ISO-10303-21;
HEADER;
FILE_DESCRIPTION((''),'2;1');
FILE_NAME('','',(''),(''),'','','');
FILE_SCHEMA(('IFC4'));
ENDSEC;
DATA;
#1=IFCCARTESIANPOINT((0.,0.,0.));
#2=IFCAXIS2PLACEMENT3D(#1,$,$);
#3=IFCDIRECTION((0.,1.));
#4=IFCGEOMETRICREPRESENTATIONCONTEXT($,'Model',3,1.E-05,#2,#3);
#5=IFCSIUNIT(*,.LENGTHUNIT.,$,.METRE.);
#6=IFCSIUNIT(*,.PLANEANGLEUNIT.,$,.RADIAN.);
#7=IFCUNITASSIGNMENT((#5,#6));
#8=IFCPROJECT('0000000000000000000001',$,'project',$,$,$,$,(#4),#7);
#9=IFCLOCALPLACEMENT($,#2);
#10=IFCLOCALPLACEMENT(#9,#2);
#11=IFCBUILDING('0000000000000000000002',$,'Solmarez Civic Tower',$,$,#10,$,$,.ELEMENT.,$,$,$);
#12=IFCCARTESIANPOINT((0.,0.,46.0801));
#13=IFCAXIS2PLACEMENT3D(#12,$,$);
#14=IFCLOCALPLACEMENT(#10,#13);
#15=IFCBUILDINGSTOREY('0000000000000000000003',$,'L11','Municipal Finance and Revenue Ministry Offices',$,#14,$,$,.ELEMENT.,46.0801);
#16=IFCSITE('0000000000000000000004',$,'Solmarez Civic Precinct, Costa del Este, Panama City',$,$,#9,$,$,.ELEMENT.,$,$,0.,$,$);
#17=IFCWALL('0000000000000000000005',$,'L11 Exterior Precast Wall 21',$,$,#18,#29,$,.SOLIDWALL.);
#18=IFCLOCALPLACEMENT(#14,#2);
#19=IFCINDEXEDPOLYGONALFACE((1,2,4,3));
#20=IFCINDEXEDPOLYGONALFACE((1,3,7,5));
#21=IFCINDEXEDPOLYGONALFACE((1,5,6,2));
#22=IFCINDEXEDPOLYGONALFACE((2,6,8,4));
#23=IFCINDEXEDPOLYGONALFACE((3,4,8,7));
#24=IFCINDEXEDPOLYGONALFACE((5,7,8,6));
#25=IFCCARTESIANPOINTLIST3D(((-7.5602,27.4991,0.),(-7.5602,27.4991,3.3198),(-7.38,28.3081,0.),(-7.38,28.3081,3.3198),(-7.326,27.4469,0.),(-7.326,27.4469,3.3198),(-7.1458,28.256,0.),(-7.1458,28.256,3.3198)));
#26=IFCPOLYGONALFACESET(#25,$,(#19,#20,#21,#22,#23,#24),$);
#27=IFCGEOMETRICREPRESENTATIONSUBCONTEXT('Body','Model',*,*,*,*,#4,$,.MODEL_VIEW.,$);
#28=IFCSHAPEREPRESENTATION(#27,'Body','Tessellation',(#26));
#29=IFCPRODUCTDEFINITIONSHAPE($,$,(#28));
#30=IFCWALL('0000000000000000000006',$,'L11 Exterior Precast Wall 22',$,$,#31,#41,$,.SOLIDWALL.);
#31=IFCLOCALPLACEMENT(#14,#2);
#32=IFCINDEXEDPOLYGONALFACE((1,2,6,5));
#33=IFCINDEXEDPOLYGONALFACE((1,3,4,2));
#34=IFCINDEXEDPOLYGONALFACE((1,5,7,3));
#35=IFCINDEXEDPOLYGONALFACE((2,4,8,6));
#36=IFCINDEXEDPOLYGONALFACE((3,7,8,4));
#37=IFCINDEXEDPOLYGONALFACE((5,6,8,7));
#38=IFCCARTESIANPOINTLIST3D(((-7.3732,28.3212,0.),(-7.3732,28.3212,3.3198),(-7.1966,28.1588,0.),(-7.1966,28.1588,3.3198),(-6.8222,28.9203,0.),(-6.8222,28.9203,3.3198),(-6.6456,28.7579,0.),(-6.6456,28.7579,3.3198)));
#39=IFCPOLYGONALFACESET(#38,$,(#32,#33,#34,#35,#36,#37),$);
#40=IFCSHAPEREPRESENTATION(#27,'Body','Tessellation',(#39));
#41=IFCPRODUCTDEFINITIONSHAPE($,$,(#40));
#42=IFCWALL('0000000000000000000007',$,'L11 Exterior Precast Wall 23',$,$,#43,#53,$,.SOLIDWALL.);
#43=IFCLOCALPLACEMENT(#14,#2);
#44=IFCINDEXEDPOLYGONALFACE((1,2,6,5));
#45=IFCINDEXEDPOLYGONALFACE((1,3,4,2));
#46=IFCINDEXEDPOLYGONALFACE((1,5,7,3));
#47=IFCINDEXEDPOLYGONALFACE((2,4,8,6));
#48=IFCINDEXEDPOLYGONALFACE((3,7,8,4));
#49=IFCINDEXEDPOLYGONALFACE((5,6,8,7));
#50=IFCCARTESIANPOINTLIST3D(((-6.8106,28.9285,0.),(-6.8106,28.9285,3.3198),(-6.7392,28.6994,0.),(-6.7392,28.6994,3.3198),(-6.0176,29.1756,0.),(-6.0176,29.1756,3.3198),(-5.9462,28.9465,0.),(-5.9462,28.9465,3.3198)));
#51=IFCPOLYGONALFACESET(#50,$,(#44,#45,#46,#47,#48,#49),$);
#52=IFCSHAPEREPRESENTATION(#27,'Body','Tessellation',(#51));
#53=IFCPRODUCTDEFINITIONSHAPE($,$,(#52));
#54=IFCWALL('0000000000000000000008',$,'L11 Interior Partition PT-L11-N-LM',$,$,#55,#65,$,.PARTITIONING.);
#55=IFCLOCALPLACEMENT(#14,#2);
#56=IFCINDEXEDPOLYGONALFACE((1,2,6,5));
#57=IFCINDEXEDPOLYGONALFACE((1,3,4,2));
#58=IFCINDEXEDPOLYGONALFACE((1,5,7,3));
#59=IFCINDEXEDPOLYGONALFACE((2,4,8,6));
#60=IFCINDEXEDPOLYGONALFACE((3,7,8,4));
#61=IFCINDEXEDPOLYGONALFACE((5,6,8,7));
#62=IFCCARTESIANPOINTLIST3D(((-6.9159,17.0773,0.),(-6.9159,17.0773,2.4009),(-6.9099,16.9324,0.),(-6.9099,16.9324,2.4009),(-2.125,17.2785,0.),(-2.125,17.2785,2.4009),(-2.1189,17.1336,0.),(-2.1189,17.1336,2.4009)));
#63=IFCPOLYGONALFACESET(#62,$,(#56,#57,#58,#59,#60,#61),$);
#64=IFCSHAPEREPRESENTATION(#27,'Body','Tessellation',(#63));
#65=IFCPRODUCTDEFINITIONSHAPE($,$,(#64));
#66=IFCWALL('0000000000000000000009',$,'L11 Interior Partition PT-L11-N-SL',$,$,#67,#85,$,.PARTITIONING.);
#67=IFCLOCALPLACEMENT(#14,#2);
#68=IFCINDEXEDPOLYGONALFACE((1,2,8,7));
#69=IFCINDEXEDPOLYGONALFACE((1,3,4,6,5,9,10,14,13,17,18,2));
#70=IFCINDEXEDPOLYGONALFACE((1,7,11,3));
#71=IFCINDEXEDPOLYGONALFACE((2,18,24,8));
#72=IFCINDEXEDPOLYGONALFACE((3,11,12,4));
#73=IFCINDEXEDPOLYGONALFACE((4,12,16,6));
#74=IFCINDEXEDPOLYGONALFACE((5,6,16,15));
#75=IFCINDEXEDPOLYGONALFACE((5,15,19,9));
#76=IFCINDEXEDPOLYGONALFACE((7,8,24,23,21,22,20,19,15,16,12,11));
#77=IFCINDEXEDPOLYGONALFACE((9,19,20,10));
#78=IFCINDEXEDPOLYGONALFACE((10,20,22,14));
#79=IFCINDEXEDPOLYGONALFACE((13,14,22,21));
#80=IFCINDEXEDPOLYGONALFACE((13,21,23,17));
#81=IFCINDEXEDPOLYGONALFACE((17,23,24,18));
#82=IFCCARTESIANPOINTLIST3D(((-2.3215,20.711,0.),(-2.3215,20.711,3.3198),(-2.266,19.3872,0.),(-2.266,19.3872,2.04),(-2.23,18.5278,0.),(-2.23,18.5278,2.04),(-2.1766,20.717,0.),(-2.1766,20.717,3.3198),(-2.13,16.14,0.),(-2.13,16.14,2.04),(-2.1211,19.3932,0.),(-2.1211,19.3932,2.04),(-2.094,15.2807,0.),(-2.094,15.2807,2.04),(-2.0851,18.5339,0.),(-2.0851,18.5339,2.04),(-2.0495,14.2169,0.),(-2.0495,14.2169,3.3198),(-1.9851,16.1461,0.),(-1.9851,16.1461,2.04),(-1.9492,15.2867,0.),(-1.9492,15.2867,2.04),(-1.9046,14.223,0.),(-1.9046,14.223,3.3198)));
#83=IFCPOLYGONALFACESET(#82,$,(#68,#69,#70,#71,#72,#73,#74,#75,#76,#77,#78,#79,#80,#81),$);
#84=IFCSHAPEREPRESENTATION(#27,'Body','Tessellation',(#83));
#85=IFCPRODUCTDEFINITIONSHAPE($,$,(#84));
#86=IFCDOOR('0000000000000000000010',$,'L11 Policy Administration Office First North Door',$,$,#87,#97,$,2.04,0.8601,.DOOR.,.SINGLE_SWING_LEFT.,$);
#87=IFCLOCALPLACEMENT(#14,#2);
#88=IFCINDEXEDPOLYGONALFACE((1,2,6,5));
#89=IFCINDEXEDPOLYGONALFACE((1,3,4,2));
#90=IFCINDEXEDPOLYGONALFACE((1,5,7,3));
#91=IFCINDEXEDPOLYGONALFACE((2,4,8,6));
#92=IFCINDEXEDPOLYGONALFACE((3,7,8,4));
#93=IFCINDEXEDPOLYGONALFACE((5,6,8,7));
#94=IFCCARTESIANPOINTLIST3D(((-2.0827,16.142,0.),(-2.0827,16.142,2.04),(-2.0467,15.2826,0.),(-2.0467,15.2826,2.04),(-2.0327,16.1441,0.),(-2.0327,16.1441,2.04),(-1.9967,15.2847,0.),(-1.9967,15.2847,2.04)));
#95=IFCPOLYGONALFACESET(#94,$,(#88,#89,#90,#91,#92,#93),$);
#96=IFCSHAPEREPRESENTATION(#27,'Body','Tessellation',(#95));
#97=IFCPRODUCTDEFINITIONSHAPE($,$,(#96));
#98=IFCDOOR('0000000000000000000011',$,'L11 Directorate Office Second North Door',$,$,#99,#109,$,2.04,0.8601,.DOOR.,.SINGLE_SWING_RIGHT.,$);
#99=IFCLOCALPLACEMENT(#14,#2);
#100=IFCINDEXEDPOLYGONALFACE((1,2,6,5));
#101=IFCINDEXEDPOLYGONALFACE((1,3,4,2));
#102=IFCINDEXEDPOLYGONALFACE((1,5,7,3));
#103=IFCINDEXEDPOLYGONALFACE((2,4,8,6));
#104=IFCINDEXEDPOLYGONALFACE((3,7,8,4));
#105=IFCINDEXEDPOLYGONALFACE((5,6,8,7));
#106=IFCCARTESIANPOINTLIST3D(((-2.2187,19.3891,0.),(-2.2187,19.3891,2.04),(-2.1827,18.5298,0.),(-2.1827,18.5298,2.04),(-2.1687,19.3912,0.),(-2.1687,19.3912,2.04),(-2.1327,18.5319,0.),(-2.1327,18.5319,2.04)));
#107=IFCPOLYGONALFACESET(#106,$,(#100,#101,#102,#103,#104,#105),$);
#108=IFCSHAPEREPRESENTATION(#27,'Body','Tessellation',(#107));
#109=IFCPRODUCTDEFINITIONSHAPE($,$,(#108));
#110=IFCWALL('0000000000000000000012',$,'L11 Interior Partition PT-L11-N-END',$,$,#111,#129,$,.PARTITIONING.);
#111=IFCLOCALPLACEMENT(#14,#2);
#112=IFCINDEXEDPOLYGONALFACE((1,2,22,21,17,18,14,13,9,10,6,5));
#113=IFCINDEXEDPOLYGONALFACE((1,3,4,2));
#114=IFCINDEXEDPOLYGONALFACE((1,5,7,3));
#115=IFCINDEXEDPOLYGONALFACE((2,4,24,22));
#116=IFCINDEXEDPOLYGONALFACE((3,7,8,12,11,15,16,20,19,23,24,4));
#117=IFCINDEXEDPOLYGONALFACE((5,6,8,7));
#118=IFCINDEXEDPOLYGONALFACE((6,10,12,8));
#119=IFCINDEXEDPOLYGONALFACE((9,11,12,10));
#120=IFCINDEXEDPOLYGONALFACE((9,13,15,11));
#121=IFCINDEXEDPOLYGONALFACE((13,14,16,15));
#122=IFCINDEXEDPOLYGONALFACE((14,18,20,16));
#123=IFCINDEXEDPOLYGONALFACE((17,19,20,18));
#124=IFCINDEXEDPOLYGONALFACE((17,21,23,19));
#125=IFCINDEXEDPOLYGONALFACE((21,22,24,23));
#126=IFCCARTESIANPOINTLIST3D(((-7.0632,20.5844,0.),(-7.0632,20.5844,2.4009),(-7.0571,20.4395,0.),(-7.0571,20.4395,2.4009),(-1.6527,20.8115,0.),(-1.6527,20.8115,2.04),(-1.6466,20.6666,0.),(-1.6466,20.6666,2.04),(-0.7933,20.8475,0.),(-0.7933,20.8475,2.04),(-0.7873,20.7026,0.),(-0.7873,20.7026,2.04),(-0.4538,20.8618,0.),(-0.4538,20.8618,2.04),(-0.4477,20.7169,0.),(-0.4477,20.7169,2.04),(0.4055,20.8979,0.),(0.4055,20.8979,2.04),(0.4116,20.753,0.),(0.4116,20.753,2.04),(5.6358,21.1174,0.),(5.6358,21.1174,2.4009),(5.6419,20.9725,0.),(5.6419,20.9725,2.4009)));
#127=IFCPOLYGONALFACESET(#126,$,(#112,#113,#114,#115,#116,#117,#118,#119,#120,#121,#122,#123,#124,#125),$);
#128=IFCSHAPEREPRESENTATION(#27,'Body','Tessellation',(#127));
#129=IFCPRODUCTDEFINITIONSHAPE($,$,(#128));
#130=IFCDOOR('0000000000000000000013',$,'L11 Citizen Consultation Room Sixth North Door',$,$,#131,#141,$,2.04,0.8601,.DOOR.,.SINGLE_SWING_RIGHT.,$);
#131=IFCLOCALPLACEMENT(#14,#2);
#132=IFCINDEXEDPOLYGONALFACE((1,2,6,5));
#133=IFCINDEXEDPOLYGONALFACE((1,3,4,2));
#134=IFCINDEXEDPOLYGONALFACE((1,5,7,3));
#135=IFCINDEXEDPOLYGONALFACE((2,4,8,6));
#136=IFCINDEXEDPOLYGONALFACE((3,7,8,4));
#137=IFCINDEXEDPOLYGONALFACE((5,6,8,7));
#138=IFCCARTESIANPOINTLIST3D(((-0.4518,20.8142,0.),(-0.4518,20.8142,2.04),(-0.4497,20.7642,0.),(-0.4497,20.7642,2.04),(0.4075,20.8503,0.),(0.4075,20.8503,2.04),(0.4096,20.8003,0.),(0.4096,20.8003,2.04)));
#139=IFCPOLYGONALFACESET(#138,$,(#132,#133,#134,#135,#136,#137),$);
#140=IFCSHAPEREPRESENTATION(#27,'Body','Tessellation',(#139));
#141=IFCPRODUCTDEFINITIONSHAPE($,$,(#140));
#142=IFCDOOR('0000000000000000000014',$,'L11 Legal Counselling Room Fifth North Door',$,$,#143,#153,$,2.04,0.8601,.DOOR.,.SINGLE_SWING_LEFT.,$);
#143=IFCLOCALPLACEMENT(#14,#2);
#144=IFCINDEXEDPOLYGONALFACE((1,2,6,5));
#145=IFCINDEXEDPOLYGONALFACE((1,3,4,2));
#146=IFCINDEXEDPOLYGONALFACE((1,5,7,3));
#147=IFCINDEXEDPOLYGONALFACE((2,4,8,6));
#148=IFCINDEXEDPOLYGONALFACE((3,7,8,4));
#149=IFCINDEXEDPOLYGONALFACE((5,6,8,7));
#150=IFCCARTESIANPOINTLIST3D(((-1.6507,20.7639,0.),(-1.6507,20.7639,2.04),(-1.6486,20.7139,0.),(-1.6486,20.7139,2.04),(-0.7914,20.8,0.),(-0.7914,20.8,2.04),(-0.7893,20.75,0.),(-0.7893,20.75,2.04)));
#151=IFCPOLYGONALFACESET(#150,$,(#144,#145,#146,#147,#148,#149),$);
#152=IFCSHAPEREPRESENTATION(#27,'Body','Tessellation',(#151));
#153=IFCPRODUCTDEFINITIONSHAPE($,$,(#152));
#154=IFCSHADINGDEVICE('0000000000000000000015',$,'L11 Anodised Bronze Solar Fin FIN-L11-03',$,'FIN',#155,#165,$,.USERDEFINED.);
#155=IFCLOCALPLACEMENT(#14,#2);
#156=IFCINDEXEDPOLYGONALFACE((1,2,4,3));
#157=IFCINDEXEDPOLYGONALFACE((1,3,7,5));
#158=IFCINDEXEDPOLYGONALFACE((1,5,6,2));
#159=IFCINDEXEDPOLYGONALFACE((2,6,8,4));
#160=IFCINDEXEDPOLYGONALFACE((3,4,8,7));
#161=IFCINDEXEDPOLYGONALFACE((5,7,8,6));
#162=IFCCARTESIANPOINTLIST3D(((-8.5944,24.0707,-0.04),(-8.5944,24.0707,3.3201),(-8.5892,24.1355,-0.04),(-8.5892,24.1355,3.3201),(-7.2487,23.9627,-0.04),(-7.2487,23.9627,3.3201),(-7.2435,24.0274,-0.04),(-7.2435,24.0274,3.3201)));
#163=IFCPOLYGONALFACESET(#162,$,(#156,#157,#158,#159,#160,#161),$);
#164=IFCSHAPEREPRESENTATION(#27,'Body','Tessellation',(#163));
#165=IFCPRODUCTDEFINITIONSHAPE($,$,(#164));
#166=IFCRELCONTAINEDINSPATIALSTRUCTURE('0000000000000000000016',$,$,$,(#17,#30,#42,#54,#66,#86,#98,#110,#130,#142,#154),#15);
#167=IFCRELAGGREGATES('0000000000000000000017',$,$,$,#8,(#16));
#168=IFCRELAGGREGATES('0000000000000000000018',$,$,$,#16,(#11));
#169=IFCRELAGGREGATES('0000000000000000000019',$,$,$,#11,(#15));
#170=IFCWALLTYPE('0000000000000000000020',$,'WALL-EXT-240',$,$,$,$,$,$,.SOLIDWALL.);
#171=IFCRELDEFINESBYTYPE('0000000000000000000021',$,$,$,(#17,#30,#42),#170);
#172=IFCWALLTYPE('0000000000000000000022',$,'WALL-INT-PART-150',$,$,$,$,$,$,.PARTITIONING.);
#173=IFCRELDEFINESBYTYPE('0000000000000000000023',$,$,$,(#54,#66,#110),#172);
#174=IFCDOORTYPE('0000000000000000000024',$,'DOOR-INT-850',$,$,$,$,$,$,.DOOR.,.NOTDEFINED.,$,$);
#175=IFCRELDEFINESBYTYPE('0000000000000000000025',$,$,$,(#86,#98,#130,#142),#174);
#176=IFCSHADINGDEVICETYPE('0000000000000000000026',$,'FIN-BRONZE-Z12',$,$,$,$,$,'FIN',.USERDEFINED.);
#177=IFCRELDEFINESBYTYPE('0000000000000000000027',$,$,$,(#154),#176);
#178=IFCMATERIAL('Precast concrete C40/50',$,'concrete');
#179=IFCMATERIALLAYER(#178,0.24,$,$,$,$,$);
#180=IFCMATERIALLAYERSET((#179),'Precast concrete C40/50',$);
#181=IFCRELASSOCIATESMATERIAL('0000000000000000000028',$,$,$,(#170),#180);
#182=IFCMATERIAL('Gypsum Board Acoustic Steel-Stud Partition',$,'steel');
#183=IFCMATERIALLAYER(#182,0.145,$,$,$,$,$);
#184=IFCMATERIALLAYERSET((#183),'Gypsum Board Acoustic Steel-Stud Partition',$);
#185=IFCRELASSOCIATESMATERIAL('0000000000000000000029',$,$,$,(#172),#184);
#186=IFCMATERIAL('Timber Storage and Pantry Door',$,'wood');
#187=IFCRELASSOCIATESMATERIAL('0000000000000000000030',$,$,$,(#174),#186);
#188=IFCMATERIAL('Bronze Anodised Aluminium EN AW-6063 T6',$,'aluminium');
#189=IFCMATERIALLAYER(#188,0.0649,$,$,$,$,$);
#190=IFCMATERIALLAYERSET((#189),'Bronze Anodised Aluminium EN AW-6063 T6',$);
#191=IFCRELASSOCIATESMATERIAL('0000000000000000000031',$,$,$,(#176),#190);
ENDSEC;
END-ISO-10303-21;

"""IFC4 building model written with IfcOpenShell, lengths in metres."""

from ifc_helpers import new_model, si_unit, direction, frame, frame_2d, origin, origin_2d, place, context, subcontext, project, spatial, rectangle, extrude, material, layer, layer_set, type_object, element, fill, save


model = new_model("IFC4")

# Units and contexts
model_context = context("Model", 3, precision=1e-05, world=origin(), true_north=direction((0.0, 1.0)))
body_context = subcontext(model_context, "Body", "Model", "MODEL_VIEW")
ifc_project = project(units=[si_unit("LENGTHUNIT", "METRE"), si_unit("PLANEANGLEUNIT", "RADIAN")], contexts=[model_context])

# Site, building, storey
site_placement = place(None, origin())
site = spatial("IfcSite", under=ifc_project, at=site_placement, Name="Solmarez Civic Precinct, Costa del Este, Panama City", CompositionType="ELEMENT", RefElevation=0.0)
building_placement = place(site_placement, origin())
building = spatial("IfcBuilding", under=site, at=building_placement, Name="Solmarez Civic Tower", CompositionType="ELEMENT")
storey_placement = place(building_placement, frame((0.0, 0.0, 46.0801)))
storey = spatial("IfcBuildingStorey", under=building, at=storey_placement, Name="L11", Description="Municipal Finance and Revenue Ministry Offices", CompositionType="ELEMENT", Elevation=46.0801)

# Shared definitions
ifc_material_1 = material(Name="Bronze Anodised Aluminium EN AW-6063 T6", Category="aluminium")

# Walls
ifc_material_2 = material(Name="Precast concrete C40/50", Category="concrete")
ifc_layer_1 = layer(ifc_material_2, 0.24)
ifc_layer_set_1 = layer_set([ifc_layer_1], Name="Precast concrete C40/50")
wall_type_1 = type_object("IfcWallType", Name="WALL-EXT-240", PredefinedType="SOLIDWALL", material=ifc_layer_set_1)
wall_1_placement = place(storey_placement, frame((-7.4431, 27.4729, 0.0), z_axis=(0.0, 0.0, 1.0), x_axis=(0.217367, 0.97609, 0.0)))
element("IfcWall", 1, at=wall_1_placement, inside=storey, type_object=wall_type_1, Name="L11 Exterior Precast Wall 21", PredefinedType="SOLIDWALL", context=body_context, shape_type="SweptSolid", body=[
    extrude(rectangle(XDim=0.8289, YDim=0.24, at=frame_2d((0.4146, 0.0))), origin(), (0.0, 0.0, 1.0), 3.3198),
])
wall_2_placement = place(storey_placement, frame((-7.2849, 28.24, 0.0), z_axis=(0.0, 0.0, 1.0), x_axis=(0.676946, 0.736033, 0.0)))
element("IfcWall", 2, at=wall_2_placement, inside=storey, type_object=wall_type_1, Name="L11 Exterior Precast Wall 22", PredefinedType="SOLIDWALL", context=body_context, shape_type="SweptSolid", body=[
    extrude(rectangle(XDim=0.814, YDim=0.24, at=frame_2d((0.407, 0.0))), origin(), (0.0, 0.0, 1.0), 3.3198),
])
wall_3_placement = place(storey_placement, frame((-6.7749, 28.814, 0.0), z_axis=(0.0, 0.0, 1.0), x_axis=(0.954731, 0.297472, 0.0)))
element("IfcWall", 3, at=wall_3_placement, inside=storey, type_object=wall_type_1, Name="L11 Exterior Precast Wall 23", PredefinedType="SOLIDWALL", context=body_context, shape_type="SweptSolid", body=[
    extrude(rectangle(XDim=0.8306, YDim=0.24, at=frame_2d((0.4153, 0.0))), origin(), (0.0, 0.0, 1.0), 3.3198),
])
ifc_material_3 = material(Name="Gypsum Board Acoustic Steel-Stud Partition", Category="steel")
ifc_layer_2 = layer(ifc_material_3, 0.145)
ifc_layer_set_2 = layer_set([ifc_layer_2], Name="Gypsum Board Acoustic Steel-Stud Partition")
wall_type_2 = type_object("IfcWallType", Name="WALL-INT-PART-150", PredefinedType="PARTITIONING", material=ifc_layer_set_2)
wall_4_placement = place(storey_placement, frame((-2.1221, 17.2061, 0.0), z_axis=(0.0, 0.0, 1.0), x_axis=(-0.99912, -0.041952, 0.0)))
element("IfcWall", 4, at=wall_4_placement, inside=storey, type_object=wall_type_2, Name="L11 Interior Partition PT-L11-N-LM", PredefinedType="PARTITIONING", context=body_context, shape_type="SweptSolid", body=[
    extrude(rectangle(XDim=4.7952, YDim=0.145, at=frame_2d((2.3975, 0.0))), origin(), (0.0, 0.0, 1.0), 2.4009),
])

# Walls, openings, doors
wall_5_placement = place(storey_placement, frame((-2.249, 20.7141, 0.0), z_axis=(0.0, 0.0, 1.0), x_axis=(0.041843, -0.999124, 0.0)))
wall_5 = element("IfcWall", 5, at=wall_5_placement, inside=storey, type_object=wall_type_2, Name="L11 Interior Partition PT-L11-N-SL", PredefinedType="PARTITIONING", context=body_context, shape_type="SweptSolid", body=[
    extrude(rectangle(XDim=6.4998, YDim=0.145, at=frame_2d((3.25, 0.0))), origin(), (0.0, 0.0, 1.0), 3.3198),
])
opening_1_placement = place(wall_5_placement, frame((4.575, 0.0, 0.0)))
opening_1 = element("IfcOpeningElement", 6, at=opening_1_placement, cuts=wall_5, PredefinedType="OPENING", context=body_context, shape_type="SweptSolid", body=[
    extrude(rectangle(XDim=0.8601, YDim=2.04, at=frame_2d((0.4302, 1.02))), frame((0.0, 0.0825, 0.0), z_axis=(0.0, -1.0, 0.0), x_axis=(1.0, 0.0, 0.0)), (0.0, 0.0, 1.0), 0.165),
])
opening_2_placement = place(wall_5_placement, frame((1.325, 0.0, 0.0)))
opening_2 = element("IfcOpeningElement", 7, at=opening_2_placement, cuts=wall_5, PredefinedType="OPENING", context=body_context, shape_type="SweptSolid", body=[
    extrude(rectangle(XDim=0.8601, YDim=2.04, at=frame_2d((0.4302, 1.02))), frame((0.0, 0.0825, 0.0), z_axis=(0.0, -1.0, 0.0), x_axis=(1.0, 0.0, 0.0)), (0.0, 0.0, 1.0), 0.165),
])
ifc_material_4 = material(Name="Timber Storage and Pantry Door", Category="wood")
door_type = type_object("IfcDoorType", Name="DOOR-INT-850", OperationType="NOTDEFINED", PredefinedType="DOOR", material=ifc_material_4)
door_1_placement = place(opening_1_placement, origin())
door_1 = element("IfcDoor", 8, at=door_1_placement, inside=storey, type_object=door_type, Name="L11 Policy Administration Office First North Door", OperationType="SINGLE_SWING_LEFT", OverallHeight=2.04, OverallWidth=0.8601, PredefinedType="DOOR", context=body_context, shape_type="SweptSolid", body=[
    extrude(rectangle(XDim=0.8601, YDim=2.04, at=frame_2d((0.4302, 1.02))), frame((0.0, 0.0249, 0.0), z_axis=(0.0, -1.0, 0.0), x_axis=(1.0, 0.0, 0.0)), (0.0, 0.0, 1.0), 0.05),
])
fill(opening_1, door_1)
door_2_placement = place(opening_2_placement, origin())
door_2 = element("IfcDoor", 9, at=door_2_placement, inside=storey, type_object=door_type, Name="L11 Directorate Office Second North Door", OperationType="SINGLE_SWING_RIGHT", OverallHeight=2.04, OverallWidth=0.8601, PredefinedType="DOOR", context=body_context, shape_type="SweptSolid", body=[
    extrude(rectangle(XDim=0.8601, YDim=2.04, at=frame_2d((0.4302, 1.02))), frame((0.0, 0.0249, 0.0), z_axis=(0.0, -1.0, 0.0), x_axis=(1.0, 0.0, 0.0)), (0.0, 0.0, 1.0), 0.05),
])
fill(opening_2, door_2)
wall_6_placement = place(storey_placement, frame((-7.0601, 20.512, 0.0), z_axis=(0.0, 0.0, 1.0), x_axis=(0.99912, 0.041932, 0.0)))
wall_6 = element("IfcWall", 10, at=wall_6_placement, inside=storey, type_object=wall_type_2, Name="L11 Interior Partition PT-L11-N-END", PredefinedType="PARTITIONING", context=body_context, shape_type="SweptSolid", body=[
    extrude(rectangle(XDim=12.7102, YDim=0.145, at=frame_2d((6.355, 0.0))), origin(), (0.0, 0.0, 1.0), 2.4009),
])
opening_3_placement = place(wall_6_placement, frame((6.615, 0.0, 0.0)))
opening_3 = element("IfcOpeningElement", 11, at=opening_3_placement, cuts=wall_6, PredefinedType="OPENING", context=body_context, shape_type="SweptSolid", body=[
    extrude(rectangle(XDim=0.8601, YDim=2.04, at=frame_2d((0.4302, 1.02))), frame((0.0, 0.0825, 0.0), z_axis=(0.0, -1.0, 0.0), x_axis=(1.0, 0.0, 0.0)), (0.0, 0.0, 1.0), 0.165),
])
opening_4_placement = place(wall_6_placement, frame((5.415, 0.0, 0.0)))
opening_4 = element("IfcOpeningElement", 12, at=opening_4_placement, cuts=wall_6, PredefinedType="OPENING", context=body_context, shape_type="SweptSolid", body=[
    extrude(rectangle(XDim=0.8601, YDim=2.04, at=frame_2d((0.4302, 1.02))), frame((0.0, 0.0825, 0.0), z_axis=(0.0, -1.0, 0.0), x_axis=(1.0, 0.0, 0.0)), (0.0, 0.0, 1.0), 0.165),
])
door_3_placement = place(opening_3_placement, origin())
door_3 = element("IfcDoor", 13, at=door_3_placement, inside=storey, type_object=door_type, Name="L11 Citizen Consultation Room Sixth North Door", OperationType="SINGLE_SWING_RIGHT", OverallHeight=2.04, OverallWidth=0.8601, PredefinedType="DOOR", context=body_context, shape_type="SweptSolid", body=[
    extrude(rectangle(XDim=0.8601, YDim=2.04, at=frame_2d((0.4302, 1.02))), frame((0.0, 0.0249, 0.0), z_axis=(0.0, -1.0, 0.0), x_axis=(1.0, 0.0, 0.0)), (0.0, 0.0, 1.0), 0.05),
])
fill(opening_3, door_3)
door_4_placement = place(opening_4_placement, origin())
door_4 = element("IfcDoor", 14, at=door_4_placement, inside=storey, type_object=door_type, Name="L11 Legal Counselling Room Fifth North Door", OperationType="SINGLE_SWING_LEFT", OverallHeight=2.04, OverallWidth=0.8601, PredefinedType="DOOR", context=body_context, shape_type="SweptSolid", body=[
    extrude(rectangle(XDim=0.8601, YDim=2.04, at=frame_2d((0.4302, 1.02))), frame((0.0, 0.0249, 0.0), z_axis=(0.0, -1.0, 0.0), x_axis=(1.0, 0.0, 0.0)), (0.0, 0.0, 1.0), 0.05),
])
fill(opening_4, door_4)

# Shading device
ifc_layer_3 = layer(ifc_material_1, 0.0649)
ifc_layer_set_3 = layer_set([ifc_layer_3], Name="Bronze Anodised Aluminium EN AW-6063 T6")
shading_device_type = type_object("IfcShadingDeviceType", Name="FIN-BRONZE-Z12", ElementType="FIN", PredefinedType="USERDEFINED", material=ifc_layer_set_3)
shading_device_placement = place(storey_placement, frame((-7.9189, 24.0491, -0.04), z_axis=(0.0, 0.0, 1.0), x_axis=(-0.996791, 0.080042, 0.0)))
element("IfcShadingDevice", 15, at=shading_device_placement, inside=storey, type_object=shading_device_type, Name="L11 Anodised Bronze Solar Fin FIN-L11-03", ObjectType="FIN", PredefinedType="USERDEFINED", context=body_context, shape_type="SweptSolid", body=[
    extrude(rectangle(XDim=1.3501, YDim=0.0649, at=origin_2d()), origin(), (0.0, 0.0, 1.0), 3.3601),
])

save(model, "model.ifc")
